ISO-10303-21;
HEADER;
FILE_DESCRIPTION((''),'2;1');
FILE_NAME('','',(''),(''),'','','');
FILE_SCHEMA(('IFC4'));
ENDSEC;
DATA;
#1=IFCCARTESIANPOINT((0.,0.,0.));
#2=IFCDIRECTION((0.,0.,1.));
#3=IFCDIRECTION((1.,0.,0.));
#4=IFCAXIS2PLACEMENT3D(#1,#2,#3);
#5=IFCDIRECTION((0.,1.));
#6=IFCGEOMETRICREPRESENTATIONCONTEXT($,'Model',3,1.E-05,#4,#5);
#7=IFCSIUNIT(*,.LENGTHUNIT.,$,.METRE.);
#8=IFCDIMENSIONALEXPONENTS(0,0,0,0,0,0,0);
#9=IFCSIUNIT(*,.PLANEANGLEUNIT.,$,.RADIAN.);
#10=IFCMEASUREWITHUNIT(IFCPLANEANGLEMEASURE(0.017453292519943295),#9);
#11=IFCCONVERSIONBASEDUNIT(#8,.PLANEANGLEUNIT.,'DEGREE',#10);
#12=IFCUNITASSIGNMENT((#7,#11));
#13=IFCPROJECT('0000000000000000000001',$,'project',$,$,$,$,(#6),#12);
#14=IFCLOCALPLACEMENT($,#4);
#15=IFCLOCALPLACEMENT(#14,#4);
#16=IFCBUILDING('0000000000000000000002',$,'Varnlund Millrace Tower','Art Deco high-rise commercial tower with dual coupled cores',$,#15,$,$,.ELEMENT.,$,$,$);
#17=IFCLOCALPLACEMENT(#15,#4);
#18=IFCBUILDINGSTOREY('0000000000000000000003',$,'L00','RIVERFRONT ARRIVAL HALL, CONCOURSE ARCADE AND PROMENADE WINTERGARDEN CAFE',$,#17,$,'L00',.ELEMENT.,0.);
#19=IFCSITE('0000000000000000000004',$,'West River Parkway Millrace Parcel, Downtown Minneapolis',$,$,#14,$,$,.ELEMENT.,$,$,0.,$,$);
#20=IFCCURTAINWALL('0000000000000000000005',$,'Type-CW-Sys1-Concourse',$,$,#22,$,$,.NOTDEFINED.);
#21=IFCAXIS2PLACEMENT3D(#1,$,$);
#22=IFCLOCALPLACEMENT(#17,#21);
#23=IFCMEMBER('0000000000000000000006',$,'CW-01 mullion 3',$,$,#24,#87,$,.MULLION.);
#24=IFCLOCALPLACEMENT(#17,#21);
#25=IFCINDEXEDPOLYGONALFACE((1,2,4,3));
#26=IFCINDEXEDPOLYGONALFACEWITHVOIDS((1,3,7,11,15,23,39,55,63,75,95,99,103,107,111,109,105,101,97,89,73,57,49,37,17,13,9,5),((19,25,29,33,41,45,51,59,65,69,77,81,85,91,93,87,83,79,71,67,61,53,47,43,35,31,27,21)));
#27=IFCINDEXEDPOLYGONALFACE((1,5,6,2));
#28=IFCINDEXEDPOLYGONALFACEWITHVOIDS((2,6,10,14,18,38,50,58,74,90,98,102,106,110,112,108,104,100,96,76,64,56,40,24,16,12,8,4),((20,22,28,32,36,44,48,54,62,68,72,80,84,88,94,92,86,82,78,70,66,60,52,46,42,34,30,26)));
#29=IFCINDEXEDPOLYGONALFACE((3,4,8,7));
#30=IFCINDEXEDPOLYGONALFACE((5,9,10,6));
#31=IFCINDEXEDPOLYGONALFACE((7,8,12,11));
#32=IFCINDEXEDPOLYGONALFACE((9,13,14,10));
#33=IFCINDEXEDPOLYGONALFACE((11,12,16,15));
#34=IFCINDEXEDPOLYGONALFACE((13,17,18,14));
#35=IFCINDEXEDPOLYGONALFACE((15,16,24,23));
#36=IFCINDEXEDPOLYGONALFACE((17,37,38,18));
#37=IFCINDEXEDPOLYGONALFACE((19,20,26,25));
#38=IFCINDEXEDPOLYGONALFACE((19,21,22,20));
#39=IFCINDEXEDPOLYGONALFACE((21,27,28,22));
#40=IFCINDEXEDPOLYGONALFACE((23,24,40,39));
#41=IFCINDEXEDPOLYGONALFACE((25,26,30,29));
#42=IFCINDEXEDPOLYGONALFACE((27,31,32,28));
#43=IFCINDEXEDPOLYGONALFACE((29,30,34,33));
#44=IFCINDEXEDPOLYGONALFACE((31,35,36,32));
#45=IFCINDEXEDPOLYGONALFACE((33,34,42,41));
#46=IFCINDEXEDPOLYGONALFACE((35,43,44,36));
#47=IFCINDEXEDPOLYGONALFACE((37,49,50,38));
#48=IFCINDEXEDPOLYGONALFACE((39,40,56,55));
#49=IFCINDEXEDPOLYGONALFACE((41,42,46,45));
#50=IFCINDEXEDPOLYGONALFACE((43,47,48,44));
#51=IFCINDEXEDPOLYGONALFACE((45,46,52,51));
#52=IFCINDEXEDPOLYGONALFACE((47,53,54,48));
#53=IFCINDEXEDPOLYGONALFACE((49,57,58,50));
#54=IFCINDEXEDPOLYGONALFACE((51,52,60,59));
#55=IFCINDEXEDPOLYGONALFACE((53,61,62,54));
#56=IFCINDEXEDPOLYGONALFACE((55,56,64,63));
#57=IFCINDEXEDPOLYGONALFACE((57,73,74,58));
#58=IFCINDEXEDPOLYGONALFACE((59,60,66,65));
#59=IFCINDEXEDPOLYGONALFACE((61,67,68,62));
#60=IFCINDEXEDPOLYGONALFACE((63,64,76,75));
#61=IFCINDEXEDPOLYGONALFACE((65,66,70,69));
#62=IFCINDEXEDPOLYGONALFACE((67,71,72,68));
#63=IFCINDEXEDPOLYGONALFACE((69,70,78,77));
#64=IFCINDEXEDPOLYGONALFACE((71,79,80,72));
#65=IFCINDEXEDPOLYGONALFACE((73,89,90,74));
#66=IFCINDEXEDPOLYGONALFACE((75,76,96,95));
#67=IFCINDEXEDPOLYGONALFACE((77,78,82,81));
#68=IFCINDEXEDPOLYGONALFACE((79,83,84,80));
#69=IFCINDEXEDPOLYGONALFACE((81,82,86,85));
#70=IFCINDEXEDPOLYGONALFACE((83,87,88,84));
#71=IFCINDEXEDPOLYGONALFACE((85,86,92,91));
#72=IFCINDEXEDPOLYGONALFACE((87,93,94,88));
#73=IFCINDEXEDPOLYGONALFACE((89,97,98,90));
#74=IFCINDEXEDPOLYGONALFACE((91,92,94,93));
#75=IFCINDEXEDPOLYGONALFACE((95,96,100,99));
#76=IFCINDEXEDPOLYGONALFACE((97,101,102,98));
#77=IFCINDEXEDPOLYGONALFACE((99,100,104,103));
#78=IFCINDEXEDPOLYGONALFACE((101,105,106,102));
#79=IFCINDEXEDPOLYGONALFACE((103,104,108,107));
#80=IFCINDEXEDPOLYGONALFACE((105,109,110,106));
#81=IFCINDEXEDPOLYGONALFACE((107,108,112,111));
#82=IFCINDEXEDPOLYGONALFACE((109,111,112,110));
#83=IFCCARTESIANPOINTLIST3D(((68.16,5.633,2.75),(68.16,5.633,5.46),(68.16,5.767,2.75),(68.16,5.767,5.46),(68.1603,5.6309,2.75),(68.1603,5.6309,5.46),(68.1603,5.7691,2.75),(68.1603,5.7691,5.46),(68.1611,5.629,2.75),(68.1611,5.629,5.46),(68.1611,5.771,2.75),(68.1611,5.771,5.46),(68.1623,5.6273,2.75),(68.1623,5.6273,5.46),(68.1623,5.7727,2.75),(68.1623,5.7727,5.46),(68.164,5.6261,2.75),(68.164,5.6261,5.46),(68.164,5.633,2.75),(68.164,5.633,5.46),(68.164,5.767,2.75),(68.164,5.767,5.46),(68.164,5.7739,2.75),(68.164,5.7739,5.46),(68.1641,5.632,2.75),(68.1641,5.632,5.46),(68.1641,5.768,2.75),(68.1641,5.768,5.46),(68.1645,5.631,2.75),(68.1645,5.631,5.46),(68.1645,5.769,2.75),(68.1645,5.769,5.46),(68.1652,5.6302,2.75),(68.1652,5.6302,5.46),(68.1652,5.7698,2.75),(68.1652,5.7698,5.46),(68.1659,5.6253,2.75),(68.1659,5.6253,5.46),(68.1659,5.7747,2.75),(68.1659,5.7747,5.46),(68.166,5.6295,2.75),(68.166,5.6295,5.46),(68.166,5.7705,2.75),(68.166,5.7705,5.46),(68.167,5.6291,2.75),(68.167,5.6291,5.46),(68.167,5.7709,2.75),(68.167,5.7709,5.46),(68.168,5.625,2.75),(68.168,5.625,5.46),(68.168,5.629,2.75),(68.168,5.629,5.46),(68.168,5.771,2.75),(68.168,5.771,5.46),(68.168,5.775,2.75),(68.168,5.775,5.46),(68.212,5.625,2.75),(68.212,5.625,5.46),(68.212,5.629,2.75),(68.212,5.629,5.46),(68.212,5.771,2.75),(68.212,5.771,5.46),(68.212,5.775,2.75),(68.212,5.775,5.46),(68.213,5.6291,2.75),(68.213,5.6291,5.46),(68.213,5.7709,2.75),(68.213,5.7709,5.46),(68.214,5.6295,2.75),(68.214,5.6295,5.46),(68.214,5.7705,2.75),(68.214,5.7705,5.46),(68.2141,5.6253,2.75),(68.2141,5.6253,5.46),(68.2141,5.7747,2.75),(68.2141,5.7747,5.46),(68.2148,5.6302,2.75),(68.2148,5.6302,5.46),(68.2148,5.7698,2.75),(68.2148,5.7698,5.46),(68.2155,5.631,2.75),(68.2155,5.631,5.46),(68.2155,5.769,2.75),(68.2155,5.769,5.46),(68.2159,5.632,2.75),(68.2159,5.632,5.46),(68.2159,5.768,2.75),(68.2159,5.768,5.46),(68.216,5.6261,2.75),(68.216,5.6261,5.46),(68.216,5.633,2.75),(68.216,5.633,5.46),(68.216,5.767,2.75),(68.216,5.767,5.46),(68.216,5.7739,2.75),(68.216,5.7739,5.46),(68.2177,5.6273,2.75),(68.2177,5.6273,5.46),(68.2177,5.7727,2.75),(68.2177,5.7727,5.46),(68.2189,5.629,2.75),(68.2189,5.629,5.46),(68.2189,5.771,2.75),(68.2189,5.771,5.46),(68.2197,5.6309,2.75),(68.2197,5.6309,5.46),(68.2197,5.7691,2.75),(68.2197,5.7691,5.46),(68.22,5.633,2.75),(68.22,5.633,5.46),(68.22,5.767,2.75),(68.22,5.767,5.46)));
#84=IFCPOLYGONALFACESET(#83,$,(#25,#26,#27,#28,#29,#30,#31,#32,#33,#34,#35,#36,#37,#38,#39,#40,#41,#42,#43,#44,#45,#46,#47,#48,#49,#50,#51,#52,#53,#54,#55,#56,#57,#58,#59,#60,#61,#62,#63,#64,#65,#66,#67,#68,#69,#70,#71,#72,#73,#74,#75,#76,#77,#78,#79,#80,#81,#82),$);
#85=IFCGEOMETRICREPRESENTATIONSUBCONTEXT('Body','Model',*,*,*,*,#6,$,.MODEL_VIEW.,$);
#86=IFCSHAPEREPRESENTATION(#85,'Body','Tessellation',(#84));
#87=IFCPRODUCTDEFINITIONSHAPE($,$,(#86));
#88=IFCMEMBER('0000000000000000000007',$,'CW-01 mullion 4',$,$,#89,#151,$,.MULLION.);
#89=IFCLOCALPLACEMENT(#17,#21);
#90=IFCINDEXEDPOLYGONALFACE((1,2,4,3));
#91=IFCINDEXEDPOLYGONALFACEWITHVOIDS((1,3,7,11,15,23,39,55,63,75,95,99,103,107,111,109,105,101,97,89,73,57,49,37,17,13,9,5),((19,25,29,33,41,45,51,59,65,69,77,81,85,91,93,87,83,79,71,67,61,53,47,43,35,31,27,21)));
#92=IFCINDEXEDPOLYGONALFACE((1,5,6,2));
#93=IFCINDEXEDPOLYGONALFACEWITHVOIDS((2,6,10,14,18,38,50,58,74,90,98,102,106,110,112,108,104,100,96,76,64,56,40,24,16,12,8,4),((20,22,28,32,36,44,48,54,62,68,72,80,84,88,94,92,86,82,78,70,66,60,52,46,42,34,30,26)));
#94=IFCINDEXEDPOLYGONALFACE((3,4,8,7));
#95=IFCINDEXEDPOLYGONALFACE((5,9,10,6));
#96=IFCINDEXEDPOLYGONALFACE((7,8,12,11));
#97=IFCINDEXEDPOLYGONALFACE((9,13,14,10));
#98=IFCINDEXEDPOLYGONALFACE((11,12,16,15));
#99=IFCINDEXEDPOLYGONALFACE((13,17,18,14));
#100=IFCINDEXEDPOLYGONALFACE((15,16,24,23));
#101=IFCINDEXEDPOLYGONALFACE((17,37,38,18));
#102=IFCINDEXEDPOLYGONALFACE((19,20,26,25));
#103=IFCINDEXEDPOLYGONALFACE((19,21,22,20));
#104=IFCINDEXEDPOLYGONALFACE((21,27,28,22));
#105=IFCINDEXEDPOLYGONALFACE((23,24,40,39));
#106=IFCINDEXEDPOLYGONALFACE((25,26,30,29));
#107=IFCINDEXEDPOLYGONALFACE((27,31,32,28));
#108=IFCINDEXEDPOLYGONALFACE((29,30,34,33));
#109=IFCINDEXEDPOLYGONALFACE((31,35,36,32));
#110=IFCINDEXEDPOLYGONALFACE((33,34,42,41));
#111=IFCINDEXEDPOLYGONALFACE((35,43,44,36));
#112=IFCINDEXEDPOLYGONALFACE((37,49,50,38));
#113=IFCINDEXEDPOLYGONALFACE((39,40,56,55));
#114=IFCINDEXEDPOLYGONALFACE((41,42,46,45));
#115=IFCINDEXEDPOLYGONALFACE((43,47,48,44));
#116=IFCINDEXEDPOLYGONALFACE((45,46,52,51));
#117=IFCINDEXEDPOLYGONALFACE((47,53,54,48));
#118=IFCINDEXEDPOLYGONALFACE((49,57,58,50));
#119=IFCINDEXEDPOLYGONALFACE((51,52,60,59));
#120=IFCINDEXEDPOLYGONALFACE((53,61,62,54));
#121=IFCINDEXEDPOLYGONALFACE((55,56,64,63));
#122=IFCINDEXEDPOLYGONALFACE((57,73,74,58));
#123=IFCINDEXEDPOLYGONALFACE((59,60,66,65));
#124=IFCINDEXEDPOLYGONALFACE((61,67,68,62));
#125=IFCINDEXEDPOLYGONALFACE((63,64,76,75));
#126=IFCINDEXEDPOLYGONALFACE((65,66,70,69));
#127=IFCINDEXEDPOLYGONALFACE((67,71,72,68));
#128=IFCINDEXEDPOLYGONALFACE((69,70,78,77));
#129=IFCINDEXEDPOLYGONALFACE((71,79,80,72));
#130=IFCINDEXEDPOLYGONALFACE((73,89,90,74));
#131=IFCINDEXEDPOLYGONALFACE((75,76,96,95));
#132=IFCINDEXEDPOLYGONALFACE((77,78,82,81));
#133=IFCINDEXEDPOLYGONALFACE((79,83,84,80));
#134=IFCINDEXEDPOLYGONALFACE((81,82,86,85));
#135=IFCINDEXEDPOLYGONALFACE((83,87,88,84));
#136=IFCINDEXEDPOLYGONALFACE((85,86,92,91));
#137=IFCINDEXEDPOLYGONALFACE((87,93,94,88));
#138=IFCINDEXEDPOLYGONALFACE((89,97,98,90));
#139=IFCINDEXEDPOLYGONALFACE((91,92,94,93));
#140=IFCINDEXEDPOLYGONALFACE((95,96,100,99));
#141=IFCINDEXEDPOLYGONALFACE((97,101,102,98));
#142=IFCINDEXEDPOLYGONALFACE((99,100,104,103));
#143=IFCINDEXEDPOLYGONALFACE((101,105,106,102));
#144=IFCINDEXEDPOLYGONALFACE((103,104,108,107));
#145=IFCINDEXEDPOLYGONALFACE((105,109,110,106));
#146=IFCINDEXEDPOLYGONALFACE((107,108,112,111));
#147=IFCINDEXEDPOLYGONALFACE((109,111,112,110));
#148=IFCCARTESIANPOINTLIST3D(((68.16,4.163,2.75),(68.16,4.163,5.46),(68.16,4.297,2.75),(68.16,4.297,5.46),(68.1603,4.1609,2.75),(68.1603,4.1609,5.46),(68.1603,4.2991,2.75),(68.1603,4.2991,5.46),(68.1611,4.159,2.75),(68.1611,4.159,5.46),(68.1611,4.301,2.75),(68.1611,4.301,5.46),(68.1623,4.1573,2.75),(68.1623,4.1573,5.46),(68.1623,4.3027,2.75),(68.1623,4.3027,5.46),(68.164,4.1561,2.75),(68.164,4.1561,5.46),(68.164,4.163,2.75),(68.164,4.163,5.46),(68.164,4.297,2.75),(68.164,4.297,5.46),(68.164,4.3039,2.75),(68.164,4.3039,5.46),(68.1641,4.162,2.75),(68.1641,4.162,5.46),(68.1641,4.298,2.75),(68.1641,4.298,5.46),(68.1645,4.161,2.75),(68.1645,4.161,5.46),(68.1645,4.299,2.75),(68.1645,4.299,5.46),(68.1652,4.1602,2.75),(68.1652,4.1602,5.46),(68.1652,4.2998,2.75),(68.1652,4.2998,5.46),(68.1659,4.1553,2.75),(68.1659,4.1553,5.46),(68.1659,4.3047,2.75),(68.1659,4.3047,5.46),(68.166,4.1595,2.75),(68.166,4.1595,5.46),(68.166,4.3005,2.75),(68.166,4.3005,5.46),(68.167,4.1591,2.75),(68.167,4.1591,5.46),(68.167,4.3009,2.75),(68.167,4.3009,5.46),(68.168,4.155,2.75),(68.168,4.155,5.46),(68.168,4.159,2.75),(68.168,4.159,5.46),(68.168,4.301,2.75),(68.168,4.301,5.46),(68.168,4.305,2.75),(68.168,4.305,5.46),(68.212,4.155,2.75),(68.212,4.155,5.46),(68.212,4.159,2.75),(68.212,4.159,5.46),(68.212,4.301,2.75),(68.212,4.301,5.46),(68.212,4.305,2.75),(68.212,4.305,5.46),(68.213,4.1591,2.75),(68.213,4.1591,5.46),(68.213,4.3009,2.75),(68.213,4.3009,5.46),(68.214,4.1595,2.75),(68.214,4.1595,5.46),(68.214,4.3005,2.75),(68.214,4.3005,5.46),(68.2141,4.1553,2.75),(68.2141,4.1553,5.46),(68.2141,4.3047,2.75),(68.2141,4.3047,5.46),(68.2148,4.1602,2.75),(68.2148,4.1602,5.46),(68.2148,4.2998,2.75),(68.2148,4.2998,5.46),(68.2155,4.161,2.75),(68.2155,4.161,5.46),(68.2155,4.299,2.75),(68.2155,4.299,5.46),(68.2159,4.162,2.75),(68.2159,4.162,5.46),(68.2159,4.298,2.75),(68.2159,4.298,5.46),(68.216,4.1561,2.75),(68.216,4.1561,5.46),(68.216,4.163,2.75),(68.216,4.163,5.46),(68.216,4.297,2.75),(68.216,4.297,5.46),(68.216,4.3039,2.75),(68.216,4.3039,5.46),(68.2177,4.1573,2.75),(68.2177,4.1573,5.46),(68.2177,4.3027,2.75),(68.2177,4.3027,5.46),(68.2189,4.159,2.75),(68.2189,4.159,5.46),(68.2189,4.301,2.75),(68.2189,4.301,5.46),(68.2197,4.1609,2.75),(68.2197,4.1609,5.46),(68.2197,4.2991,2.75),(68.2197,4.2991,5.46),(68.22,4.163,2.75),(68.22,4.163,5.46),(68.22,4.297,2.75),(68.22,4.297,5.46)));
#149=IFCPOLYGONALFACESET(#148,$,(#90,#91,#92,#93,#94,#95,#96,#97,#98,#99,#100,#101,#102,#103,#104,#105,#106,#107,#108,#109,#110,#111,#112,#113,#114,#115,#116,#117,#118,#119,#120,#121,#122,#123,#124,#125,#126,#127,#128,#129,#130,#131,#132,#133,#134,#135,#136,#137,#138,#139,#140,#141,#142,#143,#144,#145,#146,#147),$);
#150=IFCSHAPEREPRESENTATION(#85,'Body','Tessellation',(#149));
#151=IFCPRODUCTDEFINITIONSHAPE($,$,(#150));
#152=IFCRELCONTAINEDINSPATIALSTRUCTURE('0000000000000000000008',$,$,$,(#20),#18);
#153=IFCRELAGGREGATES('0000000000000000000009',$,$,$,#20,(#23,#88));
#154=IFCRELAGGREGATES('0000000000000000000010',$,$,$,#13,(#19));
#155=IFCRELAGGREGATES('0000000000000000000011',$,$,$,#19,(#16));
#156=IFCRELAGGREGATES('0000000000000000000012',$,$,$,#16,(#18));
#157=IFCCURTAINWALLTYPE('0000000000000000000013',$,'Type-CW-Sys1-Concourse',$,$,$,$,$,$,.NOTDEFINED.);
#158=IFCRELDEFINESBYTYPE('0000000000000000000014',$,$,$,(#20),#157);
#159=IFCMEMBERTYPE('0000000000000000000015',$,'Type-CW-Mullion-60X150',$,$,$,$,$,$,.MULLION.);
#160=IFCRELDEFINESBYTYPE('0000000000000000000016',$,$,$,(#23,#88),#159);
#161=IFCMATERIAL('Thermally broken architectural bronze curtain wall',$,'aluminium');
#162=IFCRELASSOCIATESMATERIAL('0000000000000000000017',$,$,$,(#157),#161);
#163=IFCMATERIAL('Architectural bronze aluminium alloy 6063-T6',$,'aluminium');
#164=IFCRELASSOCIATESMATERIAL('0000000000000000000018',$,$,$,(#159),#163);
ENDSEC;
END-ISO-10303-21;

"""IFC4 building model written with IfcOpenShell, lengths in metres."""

from ifc_helpers import new_model, entity, si_unit, converted_unit, direction, frame, origin_with_axes, origin_2d_with_axis, place, context, subcontext, project, spatial, hollow_rectangle, extrude, material, material_profile, profile_set, type_object, element, aggregate, save


model = new_model("IFC4")

# Units and contexts
model_context = context("Model", 3, precision=1e-05, world=origin_with_axes(), true_north=direction((0.0, 1.0)))
body_context = subcontext(model_context, "Body", "Model", "MODEL_VIEW")
ifc_project = project(units=[si_unit("LENGTHUNIT", "METRE"), converted_unit("PLANEANGLEUNIT", "DEGREE", entity("IfcPlaneAngleMeasure", 0.017453292519943295), si_unit("PLANEANGLEUNIT", "RADIAN"), dimensions=[0, 0, 0, 0, 0, 0, 0])], contexts=[model_context])

# Site, building, storey
site_placement = place(None, origin_with_axes())
site = spatial("IfcSite", under=ifc_project, at=site_placement, Name="West River Parkway Millrace Parcel, Downtown Minneapolis", CompositionType="ELEMENT", RefElevation=0.0)
building_placement = place(site_placement, origin_with_axes())
building = spatial("IfcBuilding", under=site, at=building_placement, Name="Varnlund Millrace Tower", Description="Art Deco high-rise commercial tower with dual coupled cores", CompositionType="ELEMENT")
storey_placement = place(building_placement, origin_with_axes())
storey = spatial("IfcBuildingStorey", under=building, at=storey_placement, Name="L00", Description="RIVERFRONT ARRIVAL HALL, CONCOURSE ARCADE AND PROMENADE WINTERGARDEN CAFE", LongName="L00", CompositionType="ELEMENT", Elevation=0.0)

# Curtain wall, members
ifc_material_1 = material(Name="Thermally broken architectural bronze curtain wall", Category="aluminium")
curtain_wall_type = type_object("IfcCurtainWallType", Name="Type-CW-Sys1-Concourse", PredefinedType="NOTDEFINED", material=ifc_material_1)
curtain_wall_placement = place(storey_placement, frame((68.19, 8.7, 2.75), z_axis=(0.0, 0.0, 1.0), x_axis=(1.0, 0.0, 0.0)))
curtain_wall = element("IfcCurtainWall", 1, at=curtain_wall_placement, inside=storey, type_object=curtain_wall_type, Name="Type-CW-Sys1-Concourse", PredefinedType="NOTDEFINED")
ifc_material_2 = material(Name="Architectural bronze aluminium alloy 6063-T6", Category="aluminium")
ifc_material_profile_1 = material_profile(ifc_material_2, hollow_rectangle(XDim=0.06, YDim=0.15, WallThickness=0.004, InnerFilletRadius=0.004, OuterFilletRadius=0.008, at=origin_2d_with_axis()), Name="Architectural bronze aluminium alloy 6063-T6")
ifc_profile_set_1 = profile_set([ifc_material_profile_1], Name="Architectural bronze aluminium alloy 6063-T6")
member_type_1 = type_object("IfcMemberType", Name="Type-CW-Mullion-60X150", PredefinedType="MULLION", material=ifc_profile_set_1)
member_1_placement = place(storey_placement, frame((68.19, 5.7, 2.75), z_axis=(0.0, 0.0, 1.0), x_axis=(1.0, 0.0, 0.0)))
member_1 = element("IfcMember", 2, at=member_1_placement, type_object=member_type_1, Name="CW-01 mullion 3", PredefinedType="MULLION", context=body_context, shape_type="SweptSolid", body=[
    extrude(hollow_rectangle(XDim=0.06, YDim=0.15, WallThickness=0.004, InnerFilletRadius=0.004, OuterFilletRadius=0.008, at=origin_2d_with_axis()), origin_with_axes(), (0.0, 0.0, 1.0), 2.71),
])
member_2_placement = place(storey_placement, frame((68.19, 4.23, 2.75), z_axis=(0.0, 0.0, 1.0), x_axis=(1.0, 0.0, 0.0)))
member_2 = element("IfcMember", 3, at=member_2_placement, type_object=member_type_1, Name="CW-01 mullion 4", PredefinedType="MULLION", context=body_context, shape_type="SweptSolid", body=[
    extrude(hollow_rectangle(XDim=0.06, YDim=0.15, WallThickness=0.004, InnerFilletRadius=0.004, OuterFilletRadius=0.008, at=origin_2d_with_axis()), origin_with_axes(), (0.0, 0.0, 1.0), 2.71),
])

aggregate(curtain_wall, [member_1, member_2])

save(model, "model.ifc")
